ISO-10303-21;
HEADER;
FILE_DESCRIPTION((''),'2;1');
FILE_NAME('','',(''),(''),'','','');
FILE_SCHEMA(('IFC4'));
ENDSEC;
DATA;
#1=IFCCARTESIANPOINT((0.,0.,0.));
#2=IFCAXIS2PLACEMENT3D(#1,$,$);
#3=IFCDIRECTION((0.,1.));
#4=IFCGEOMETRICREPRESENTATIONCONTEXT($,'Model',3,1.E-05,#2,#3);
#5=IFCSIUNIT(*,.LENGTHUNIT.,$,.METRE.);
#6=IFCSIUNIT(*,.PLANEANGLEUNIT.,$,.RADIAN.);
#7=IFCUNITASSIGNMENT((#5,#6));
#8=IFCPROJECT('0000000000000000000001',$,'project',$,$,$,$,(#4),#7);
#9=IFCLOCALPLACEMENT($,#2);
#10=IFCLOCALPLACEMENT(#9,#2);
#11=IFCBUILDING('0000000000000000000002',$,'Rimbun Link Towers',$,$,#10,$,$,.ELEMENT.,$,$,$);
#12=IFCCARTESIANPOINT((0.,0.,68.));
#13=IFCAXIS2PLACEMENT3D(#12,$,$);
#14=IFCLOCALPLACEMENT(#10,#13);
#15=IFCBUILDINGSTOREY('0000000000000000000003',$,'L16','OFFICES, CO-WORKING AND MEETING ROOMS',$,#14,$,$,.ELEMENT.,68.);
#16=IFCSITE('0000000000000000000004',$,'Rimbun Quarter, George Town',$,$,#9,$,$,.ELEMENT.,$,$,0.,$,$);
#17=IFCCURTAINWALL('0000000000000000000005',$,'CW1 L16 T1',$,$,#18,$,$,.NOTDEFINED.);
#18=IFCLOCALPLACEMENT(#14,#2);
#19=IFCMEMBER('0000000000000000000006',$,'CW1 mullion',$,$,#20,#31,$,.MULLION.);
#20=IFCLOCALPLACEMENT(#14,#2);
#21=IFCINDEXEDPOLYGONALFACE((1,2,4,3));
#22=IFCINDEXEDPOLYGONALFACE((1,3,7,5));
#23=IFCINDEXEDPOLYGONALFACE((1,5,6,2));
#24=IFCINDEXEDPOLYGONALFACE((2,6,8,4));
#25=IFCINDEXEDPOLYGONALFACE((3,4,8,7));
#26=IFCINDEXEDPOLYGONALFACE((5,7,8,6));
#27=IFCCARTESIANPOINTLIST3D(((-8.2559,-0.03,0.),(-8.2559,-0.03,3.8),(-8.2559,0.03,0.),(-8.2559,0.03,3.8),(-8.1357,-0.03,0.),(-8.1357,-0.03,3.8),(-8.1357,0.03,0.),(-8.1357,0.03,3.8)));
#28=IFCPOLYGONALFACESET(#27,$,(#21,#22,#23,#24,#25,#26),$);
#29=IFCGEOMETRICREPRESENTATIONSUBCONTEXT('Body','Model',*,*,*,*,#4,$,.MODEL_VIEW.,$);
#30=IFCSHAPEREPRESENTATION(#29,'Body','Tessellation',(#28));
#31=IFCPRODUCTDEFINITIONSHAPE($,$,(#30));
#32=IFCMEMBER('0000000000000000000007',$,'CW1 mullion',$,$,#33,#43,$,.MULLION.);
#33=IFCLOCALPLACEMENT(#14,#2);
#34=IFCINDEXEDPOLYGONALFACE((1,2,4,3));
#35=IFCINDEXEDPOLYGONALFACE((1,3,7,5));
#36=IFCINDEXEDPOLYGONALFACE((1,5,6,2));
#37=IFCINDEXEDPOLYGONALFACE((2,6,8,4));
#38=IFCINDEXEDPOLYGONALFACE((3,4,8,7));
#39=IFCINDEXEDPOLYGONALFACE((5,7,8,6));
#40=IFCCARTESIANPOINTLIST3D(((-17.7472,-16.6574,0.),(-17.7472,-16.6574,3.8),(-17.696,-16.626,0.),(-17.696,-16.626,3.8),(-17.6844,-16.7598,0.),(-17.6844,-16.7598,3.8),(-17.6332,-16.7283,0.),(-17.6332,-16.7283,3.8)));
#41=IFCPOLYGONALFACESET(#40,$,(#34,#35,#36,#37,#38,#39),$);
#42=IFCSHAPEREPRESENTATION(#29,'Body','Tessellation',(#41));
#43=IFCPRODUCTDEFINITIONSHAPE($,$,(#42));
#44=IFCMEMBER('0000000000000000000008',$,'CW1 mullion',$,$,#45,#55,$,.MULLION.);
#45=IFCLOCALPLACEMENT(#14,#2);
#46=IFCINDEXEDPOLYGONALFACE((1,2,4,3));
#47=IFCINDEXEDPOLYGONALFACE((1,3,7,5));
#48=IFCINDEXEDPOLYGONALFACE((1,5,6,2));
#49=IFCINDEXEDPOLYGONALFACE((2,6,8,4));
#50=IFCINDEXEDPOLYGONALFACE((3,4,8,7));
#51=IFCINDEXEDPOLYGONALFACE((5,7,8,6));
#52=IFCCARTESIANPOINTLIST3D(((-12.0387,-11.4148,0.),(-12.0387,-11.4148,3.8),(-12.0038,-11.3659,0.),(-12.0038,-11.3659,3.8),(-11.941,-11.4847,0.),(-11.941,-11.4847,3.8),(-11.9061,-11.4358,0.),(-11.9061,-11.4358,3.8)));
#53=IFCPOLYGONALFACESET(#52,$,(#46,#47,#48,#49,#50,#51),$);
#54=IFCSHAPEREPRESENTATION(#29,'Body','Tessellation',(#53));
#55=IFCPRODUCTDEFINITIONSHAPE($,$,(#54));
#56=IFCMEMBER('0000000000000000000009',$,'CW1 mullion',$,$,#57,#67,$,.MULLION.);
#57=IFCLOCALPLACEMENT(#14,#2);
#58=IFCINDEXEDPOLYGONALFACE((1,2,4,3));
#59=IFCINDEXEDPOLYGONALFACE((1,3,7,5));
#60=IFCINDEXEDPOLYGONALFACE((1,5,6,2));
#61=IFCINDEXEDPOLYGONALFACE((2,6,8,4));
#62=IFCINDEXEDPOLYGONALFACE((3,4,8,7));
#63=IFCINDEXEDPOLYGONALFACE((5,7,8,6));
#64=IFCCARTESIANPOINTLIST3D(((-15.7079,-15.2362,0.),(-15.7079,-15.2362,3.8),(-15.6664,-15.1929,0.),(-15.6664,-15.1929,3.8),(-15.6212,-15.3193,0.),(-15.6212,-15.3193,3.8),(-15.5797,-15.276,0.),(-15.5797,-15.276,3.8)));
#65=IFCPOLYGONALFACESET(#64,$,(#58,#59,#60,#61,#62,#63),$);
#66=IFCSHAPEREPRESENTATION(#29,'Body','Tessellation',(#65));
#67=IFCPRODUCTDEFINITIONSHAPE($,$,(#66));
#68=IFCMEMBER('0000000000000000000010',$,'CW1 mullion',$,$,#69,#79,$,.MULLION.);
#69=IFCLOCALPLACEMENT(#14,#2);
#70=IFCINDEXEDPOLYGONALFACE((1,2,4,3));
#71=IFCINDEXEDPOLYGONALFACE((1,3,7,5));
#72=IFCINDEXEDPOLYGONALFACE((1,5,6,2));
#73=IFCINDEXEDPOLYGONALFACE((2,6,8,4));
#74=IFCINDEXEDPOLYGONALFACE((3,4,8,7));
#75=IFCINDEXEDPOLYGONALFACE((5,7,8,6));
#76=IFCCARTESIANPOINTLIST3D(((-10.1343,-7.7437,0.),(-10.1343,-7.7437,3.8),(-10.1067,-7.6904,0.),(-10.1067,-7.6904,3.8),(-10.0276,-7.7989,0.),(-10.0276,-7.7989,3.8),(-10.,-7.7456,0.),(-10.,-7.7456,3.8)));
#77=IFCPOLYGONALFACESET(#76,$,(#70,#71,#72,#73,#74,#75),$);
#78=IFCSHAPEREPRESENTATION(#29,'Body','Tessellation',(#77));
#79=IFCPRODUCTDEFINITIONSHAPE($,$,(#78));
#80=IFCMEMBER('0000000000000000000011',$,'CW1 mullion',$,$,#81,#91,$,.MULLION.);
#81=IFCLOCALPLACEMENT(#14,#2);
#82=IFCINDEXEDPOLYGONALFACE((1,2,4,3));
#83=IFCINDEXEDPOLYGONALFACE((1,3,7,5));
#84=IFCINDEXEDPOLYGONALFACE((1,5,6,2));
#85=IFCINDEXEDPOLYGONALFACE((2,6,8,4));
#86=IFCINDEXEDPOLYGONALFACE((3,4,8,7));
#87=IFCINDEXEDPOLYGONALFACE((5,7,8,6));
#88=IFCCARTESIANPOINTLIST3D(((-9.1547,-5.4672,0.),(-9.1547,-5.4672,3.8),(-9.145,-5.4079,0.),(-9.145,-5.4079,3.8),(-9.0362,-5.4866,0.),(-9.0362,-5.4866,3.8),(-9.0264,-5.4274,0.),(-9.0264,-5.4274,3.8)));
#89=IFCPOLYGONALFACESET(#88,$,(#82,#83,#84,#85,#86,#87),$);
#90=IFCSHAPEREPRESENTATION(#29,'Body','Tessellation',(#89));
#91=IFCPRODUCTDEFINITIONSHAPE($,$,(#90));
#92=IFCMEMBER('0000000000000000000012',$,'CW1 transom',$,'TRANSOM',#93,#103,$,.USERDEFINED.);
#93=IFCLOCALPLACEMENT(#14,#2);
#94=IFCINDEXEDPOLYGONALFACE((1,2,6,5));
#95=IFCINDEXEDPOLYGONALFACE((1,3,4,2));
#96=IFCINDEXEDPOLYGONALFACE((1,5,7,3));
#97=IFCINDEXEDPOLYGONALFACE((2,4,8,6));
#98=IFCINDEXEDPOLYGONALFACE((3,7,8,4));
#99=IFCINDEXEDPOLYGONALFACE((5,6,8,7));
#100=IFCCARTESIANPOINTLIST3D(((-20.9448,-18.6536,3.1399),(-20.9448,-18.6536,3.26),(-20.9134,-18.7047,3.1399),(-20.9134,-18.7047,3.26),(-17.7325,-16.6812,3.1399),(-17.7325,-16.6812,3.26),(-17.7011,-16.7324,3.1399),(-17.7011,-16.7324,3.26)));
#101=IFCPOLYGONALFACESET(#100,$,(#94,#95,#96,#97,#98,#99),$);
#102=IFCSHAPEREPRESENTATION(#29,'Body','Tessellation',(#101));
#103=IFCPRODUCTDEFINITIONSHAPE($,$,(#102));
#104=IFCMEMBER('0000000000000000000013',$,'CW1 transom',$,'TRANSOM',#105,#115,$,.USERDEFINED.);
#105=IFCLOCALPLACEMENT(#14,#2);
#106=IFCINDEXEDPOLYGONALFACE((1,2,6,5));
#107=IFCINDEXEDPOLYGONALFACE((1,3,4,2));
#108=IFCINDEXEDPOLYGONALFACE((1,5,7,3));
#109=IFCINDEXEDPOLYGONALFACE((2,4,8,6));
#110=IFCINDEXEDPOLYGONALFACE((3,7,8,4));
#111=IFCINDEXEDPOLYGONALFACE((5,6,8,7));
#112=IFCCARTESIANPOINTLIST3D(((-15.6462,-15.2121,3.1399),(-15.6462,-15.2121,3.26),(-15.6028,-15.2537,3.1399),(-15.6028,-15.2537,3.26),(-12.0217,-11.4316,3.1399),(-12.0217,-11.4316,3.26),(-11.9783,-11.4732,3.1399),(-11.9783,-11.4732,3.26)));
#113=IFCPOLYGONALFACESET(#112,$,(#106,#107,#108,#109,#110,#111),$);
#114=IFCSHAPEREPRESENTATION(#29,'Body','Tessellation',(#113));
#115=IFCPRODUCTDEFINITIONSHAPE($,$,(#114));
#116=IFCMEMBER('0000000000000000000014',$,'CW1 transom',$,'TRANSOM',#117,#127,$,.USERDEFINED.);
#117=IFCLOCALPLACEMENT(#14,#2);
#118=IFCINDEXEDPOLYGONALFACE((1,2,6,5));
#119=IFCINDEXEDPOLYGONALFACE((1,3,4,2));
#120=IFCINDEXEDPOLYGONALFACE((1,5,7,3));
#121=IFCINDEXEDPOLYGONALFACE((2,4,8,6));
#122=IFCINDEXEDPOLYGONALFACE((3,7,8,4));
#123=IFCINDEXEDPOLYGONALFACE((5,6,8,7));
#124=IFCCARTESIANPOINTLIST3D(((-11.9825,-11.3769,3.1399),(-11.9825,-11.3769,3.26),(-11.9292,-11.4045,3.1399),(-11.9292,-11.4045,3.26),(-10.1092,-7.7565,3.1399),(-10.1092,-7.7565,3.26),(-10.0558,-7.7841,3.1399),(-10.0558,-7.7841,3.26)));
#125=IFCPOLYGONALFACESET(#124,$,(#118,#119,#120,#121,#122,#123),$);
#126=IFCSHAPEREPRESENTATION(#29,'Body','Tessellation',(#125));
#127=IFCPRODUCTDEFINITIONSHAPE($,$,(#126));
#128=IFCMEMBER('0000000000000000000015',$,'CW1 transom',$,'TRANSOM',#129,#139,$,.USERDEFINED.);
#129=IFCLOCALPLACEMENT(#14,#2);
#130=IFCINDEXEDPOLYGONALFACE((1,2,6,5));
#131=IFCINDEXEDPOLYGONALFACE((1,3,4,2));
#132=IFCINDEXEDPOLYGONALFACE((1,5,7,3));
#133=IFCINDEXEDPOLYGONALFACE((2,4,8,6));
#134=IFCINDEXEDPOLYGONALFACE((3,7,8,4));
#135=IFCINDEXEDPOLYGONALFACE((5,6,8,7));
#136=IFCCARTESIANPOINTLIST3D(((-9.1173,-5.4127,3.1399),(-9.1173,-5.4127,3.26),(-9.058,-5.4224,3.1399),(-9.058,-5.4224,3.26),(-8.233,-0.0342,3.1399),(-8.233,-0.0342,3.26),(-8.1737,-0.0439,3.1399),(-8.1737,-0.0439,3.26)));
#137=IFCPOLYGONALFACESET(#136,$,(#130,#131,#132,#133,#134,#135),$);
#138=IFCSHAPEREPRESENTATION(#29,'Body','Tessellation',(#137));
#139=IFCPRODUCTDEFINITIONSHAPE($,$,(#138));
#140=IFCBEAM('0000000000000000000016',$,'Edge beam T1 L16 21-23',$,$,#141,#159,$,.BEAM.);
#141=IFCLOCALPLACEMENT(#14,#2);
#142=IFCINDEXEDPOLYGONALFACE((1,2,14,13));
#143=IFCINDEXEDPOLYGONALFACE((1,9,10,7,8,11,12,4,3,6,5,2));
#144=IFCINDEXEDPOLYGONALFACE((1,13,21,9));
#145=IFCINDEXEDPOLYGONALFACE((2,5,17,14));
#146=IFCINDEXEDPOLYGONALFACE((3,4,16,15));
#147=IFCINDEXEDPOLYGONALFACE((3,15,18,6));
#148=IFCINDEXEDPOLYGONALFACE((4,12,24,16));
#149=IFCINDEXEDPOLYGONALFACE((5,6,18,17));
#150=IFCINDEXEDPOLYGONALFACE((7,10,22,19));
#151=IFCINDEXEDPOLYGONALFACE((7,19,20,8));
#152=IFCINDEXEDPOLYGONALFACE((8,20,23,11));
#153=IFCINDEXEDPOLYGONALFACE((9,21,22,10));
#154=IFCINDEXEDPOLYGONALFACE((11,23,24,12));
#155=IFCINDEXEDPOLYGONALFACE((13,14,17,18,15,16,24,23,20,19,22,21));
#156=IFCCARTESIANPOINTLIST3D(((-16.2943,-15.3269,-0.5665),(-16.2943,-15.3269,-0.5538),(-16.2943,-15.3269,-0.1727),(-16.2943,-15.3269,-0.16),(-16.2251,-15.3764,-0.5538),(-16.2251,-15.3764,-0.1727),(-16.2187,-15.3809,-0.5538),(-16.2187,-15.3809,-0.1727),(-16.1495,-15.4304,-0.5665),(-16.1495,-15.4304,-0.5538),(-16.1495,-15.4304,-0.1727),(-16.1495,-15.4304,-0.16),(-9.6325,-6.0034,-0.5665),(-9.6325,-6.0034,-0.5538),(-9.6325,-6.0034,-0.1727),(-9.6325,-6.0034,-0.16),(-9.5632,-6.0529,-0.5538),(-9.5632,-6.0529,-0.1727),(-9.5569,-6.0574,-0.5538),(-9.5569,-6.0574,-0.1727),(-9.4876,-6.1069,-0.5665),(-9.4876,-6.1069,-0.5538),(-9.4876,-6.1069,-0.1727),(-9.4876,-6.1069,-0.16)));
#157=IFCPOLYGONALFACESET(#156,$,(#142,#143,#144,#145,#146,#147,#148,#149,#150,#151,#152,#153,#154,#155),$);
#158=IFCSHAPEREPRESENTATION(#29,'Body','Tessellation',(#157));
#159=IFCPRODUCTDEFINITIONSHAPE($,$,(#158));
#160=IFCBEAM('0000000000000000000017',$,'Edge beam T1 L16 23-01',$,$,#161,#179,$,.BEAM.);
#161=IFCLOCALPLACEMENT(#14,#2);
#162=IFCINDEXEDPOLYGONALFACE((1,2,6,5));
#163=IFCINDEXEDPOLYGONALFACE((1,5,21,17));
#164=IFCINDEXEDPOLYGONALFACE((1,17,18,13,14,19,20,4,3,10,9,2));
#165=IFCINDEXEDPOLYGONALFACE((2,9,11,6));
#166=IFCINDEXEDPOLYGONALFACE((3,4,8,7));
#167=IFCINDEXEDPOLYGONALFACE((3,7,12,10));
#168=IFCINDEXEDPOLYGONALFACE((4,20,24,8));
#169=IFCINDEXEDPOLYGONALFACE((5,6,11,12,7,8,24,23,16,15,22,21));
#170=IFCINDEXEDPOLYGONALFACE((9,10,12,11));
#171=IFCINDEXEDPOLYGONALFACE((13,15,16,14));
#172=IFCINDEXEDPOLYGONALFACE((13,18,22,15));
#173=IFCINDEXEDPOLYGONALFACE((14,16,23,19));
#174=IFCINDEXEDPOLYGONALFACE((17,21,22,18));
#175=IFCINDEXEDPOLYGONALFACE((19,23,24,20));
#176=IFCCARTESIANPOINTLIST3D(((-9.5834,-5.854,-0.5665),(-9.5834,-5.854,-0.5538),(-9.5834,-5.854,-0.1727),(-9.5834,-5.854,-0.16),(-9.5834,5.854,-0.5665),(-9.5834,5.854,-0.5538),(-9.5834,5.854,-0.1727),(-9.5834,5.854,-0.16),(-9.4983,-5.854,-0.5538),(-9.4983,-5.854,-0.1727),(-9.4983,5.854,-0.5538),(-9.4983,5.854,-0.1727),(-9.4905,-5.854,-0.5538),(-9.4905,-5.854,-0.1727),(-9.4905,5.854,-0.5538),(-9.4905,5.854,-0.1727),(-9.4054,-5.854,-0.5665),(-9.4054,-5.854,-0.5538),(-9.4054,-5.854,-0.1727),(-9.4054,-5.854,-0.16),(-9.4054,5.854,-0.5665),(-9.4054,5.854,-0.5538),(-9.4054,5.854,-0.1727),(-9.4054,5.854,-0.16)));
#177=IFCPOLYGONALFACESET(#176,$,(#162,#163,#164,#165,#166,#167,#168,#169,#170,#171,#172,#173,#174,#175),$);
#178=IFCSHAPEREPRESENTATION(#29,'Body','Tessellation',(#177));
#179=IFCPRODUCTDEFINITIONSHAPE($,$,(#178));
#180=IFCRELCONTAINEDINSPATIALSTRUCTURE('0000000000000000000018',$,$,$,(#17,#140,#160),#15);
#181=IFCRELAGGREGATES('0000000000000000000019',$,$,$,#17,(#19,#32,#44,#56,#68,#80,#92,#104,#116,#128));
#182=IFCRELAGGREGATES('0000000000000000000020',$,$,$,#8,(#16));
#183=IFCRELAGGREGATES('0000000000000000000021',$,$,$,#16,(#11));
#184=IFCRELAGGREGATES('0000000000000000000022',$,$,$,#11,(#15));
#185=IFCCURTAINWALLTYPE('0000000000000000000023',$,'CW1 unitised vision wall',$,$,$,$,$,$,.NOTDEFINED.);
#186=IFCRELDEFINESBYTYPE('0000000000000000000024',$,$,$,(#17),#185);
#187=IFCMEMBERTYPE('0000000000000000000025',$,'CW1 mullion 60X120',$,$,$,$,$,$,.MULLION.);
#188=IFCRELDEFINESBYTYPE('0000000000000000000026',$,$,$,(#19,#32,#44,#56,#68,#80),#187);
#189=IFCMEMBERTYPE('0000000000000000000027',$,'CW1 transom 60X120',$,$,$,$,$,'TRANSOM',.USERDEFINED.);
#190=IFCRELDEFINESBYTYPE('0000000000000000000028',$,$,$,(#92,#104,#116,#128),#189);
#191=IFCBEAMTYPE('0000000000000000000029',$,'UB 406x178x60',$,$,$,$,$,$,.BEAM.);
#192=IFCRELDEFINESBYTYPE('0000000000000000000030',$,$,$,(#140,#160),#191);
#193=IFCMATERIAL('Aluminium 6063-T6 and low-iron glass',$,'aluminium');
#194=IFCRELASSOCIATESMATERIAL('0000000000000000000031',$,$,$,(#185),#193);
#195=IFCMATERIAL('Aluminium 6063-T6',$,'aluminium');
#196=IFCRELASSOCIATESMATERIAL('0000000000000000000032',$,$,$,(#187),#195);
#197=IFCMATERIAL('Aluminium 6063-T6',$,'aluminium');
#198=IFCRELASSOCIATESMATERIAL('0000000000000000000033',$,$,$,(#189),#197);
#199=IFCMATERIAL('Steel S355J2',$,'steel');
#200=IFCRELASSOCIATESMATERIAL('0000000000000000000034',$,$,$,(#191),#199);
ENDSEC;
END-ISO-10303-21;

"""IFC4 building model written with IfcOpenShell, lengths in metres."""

from ifc_helpers import new_model, si_unit, direction, frame, origin, origin_2d, place, context, subcontext, project, spatial, rectangle, i_section, extrude, material, material_profile, profile_set, type_object, element, aggregate, save


model = new_model("IFC4")

# Units and contexts
model_context = context("Model", 3, precision=1e-05, world=origin(), true_north=direction((0.0, 1.0)))
body_context = subcontext(model_context, "Body", "Model", "MODEL_VIEW")
ifc_project = project(units=[si_unit("LENGTHUNIT", "METRE"), si_unit("PLANEANGLEUNIT", "RADIAN")], contexts=[model_context])

# Site, building, storey
site_placement = place(None, origin())
site = spatial("IfcSite", under=ifc_project, at=site_placement, Name="Rimbun Quarter, George Town", CompositionType="ELEMENT", RefElevation=0.0)
building_placement = place(site_placement, origin())
building = spatial("IfcBuilding", under=site, at=building_placement, Name="Rimbun Link Towers", CompositionType="ELEMENT")
storey_placement = place(building_placement, frame((0.0, 0.0, 68.0)))
storey = spatial("IfcBuildingStorey", under=building, at=storey_placement, Name="L16", Description="OFFICES, CO-WORKING AND MEETING ROOMS", CompositionType="ELEMENT", Elevation=68.0)

# Curtain wall, members
ifc_material_1 = material(Name="Aluminium 6063-T6 and low-iron glass", Category="aluminium")
curtain_wall_type = type_object("IfcCurtainWallType", Name="CW1 unitised vision wall", PredefinedType="NOTDEFINED", material=ifc_material_1)
curtain_wall_placement = place(storey_placement, origin())
curtain_wall = element("IfcCurtainWall", 1, at=curtain_wall_placement, inside=storey, type_object=curtain_wall_type, Name="CW1 L16 T1", PredefinedType="NOTDEFINED")
ifc_material_2 = material(Name="Aluminium 6063-T6", Category="aluminium")
ifc_material_profile_1 = material_profile(ifc_material_2, rectangle(XDim=0.1201, YDim=0.0601, at=origin_2d()), Name="MULLION 60X120")
ifc_profile_set_1 = profile_set([ifc_material_profile_1], Name="Aluminium 6063-T6")
member_type_1 = type_object("IfcMemberType", Name="CW1 mullion 60X120", PredefinedType="MULLION", material=ifc_profile_set_1)
member_1_placement = place(storey_placement, frame((-8.1958, 0.0, 0.0), z_axis=(0.0, 0.0, 1.0), x_axis=(1.0, 0.0, 0.0)))
member_1 = element("IfcMember", 2, at=member_1_placement, type_object=member_type_1, Name="CW1 mullion", PredefinedType="MULLION", context=body_context, shape_type="SweptSolid", body=[
    extrude(rectangle(XDim=0.1201, YDim=0.0601, at=origin_2d()), origin(), (0.0, 0.0, 1.0), 3.8),
])
member_2_placement = place(storey_placement, frame((-17.6902, -16.6929, 0.0), z_axis=(0.0, 0.0, 1.0), x_axis=(0.523239, -0.852186, 0.0)))
member_2 = element("IfcMember", 3, at=member_2_placement, type_object=member_type_1, Name="CW1 mullion", PredefinedType="MULLION", context=body_context, shape_type="SweptSolid", body=[
    extrude(rectangle(XDim=0.1201, YDim=0.0601, at=origin_2d()), origin(), (0.0, 0.0, 1.0), 3.8),
])
member_3_placement = place(storey_placement, frame((-11.9724, -11.4253, 0.0), z_axis=(0.0, 0.0, 1.0), x_axis=(0.813351, -0.581773, 0.0)))
member_3 = element("IfcMember", 4, at=member_3_placement, type_object=member_type_1, Name="CW1 mullion", PredefinedType="MULLION", context=body_context, shape_type="SweptSolid", body=[
    extrude(rectangle(XDim=0.1201, YDim=0.0601, at=origin_2d()), origin(), (0.0, 0.0, 1.0), 3.8),
])
member_4_placement = place(storey_placement, frame((-15.6438, -15.2561, 0.0), z_axis=(0.0, 0.0, 1.0), x_axis=(0.721854, -0.692045, 0.0)))
member_4 = element("IfcMember", 5, at=member_4_placement, type_object=member_type_1, Name="CW1 mullion", PredefinedType="MULLION", context=body_context, shape_type="SweptSolid", body=[
    extrude(rectangle(XDim=0.1201, YDim=0.0601, at=origin_2d()), origin(), (0.0, 0.0, 1.0), 3.8),
])
member_5_placement = place(storey_placement, frame((-10.0671, -7.7446, 0.0), z_axis=(0.0, 0.0, 1.0), x_axis=(0.888149, -0.459556, 0.0)))
member_5 = element("IfcMember", 6, at=member_5_placement, type_object=member_type_1, Name="CW1 mullion", PredefinedType="MULLION", context=body_context, shape_type="SweptSolid", body=[
    extrude(rectangle(XDim=0.1201, YDim=0.0601, at=origin_2d()), origin(), (0.0, 0.0, 1.0), 3.8),
])
member_6_placement = place(storey_placement, frame((-9.0906, -5.4473, 0.0), z_axis=(0.0, 0.0, 1.0), x_axis=(0.986748, -0.16226, 0.0)))
member_6 = element("IfcMember", 7, at=member_6_placement, type_object=member_type_1, Name="CW1 mullion", PredefinedType="MULLION", context=body_context, shape_type="SweptSolid", body=[
    extrude(rectangle(XDim=0.1201, YDim=0.0601, at=origin_2d()), origin(), (0.0, 0.0, 1.0), 3.8),
])
ifc_material_3 = material(Name="Aluminium 6063-T6", Category="aluminium")
ifc_material_profile_2 = material_profile(ifc_material_3, rectangle(XDim=0.0601, YDim=0.1201, at=origin_2d()), Name="TRANSOM 60X120")
ifc_profile_set_2 = profile_set([ifc_material_profile_2], Name="Aluminium 6063-T6")
member_type_2 = type_object("IfcMemberType", Name="CW1 transom 60X120", ElementType="TRANSOM", PredefinedType="USERDEFINED", material=ifc_profile_set_2)
member_7_placement = place(storey_placement, frame((-17.7168, -16.7068, 3.2), z_axis=(-0.852185, -0.523241, 0.0), x_axis=(0.523241, -0.852185, 0.0)))
member_7 = element("IfcMember", 8, at=member_7_placement, type_object=member_type_2, Name="CW1 transom", ObjectType="TRANSOM", PredefinedType="USERDEFINED", context=body_context, shape_type="SweptSolid", body=[
    extrude(rectangle(XDim=0.0601, YDim=0.1201, at=origin_2d()), origin(), (0.0, 0.0, 1.0), 3.7695),
])
member_8_placement = place(storey_placement, frame((-12.0, -11.4524, 3.2), z_axis=(-0.692056, -0.721844, 0.0), x_axis=(0.721844, -0.692056, 0.0)))
member_8 = element("IfcMember", 9, at=member_8_placement, type_object=member_type_2, Name="CW1 transom", ObjectType="TRANSOM", PredefinedType="USERDEFINED", context=body_context, shape_type="SweptSolid", body=[
    extrude(rectangle(XDim=0.0601, YDim=0.1201, at=origin_2d()), origin(), (0.0, 0.0, 1.0), 5.2373),
])
member_9_placement = place(storey_placement, frame((-10.0825, -7.7703, 3.2), z_axis=(-0.459557, -0.888149, 0.0), x_axis=(0.888149, -0.459557, 0.0)))
member_9 = element("IfcMember", 10, at=member_9_placement, type_object=member_type_2, Name="CW1 transom", ObjectType="TRANSOM", PredefinedType="USERDEFINED", context=body_context, shape_type="SweptSolid", body=[
    extrude(rectangle(XDim=0.0601, YDim=0.1201, at=origin_2d()), origin(), (0.0, 0.0, 1.0), 4.0764),
])
member_10_placement = place(storey_placement, frame((-8.2034, -0.0391, 3.2), z_axis=(-0.162234, -0.986752, 0.0), x_axis=(0.986752, -0.162234, 0.0)))
member_10 = element("IfcMember", 11, at=member_10_placement, type_object=member_type_2, Name="CW1 transom", ObjectType="TRANSOM", PredefinedType="USERDEFINED", context=body_context, shape_type="SweptSolid", body=[
    extrude(rectangle(XDim=0.0601, YDim=0.1201, at=origin_2d()), origin(), (0.0, 0.0, 1.0), 5.4507),
])

# Beams
ifc_material_4 = material(Name="Steel S355J2", Category="steel")
ifc_material_profile_3 = material_profile(ifc_material_4, i_section(OverallWidth=0.178, OverallDepth=0.4065, WebThickness=0.0078, FlangeThickness=0.0127, at=origin_2d()), Name="UB 406x178x60")
ifc_profile_set_3 = profile_set([ifc_material_profile_3], Name="Steel S355J2")
beam_type = type_object("IfcBeamType", Name="UB 406x178x60", PredefinedType="BEAM", material=ifc_profile_set_3)
beam_1_placement = place(storey_placement, frame((-16.2219, -15.3787, -0.3633), z_axis=(0.581367, 0.813641, 0.0), x_axis=(-0.813641, 0.581367, 0.0)))
element("IfcBeam", 12, at=beam_1_placement, inside=storey, type_object=beam_type, Name="Edge beam T1 L16 21-23", PredefinedType="BEAM", context=body_context, shape_type="SweptSolid", body=[
    extrude(i_section(OverallWidth=0.178, OverallDepth=0.4065, WebThickness=0.0078, FlangeThickness=0.0127, at=origin_2d()), origin(), (0.0, 0.0, 1.0), 11.459),
])
beam_2_placement = place(storey_placement, frame((-9.4944, -5.854, -0.3633), z_axis=(0.0, 1.0, 0.0), x_axis=(-1.0, 0.0, 0.0)))
element("IfcBeam", 13, at=beam_2_placement, inside=storey, type_object=beam_type, Name="Edge beam T1 L16 23-01", PredefinedType="BEAM", context=body_context, shape_type="SweptSolid", body=[
    extrude(i_section(OverallWidth=0.178, OverallDepth=0.4065, WebThickness=0.0078, FlangeThickness=0.0127, at=origin_2d()), origin(), (0.0, 0.0, 1.0), 11.708),
])

aggregate(curtain_wall, [member_1, member_2, member_3, member_4, member_5, member_6, member_7, member_8, member_9, member_10])

save(model, "model.ifc")
